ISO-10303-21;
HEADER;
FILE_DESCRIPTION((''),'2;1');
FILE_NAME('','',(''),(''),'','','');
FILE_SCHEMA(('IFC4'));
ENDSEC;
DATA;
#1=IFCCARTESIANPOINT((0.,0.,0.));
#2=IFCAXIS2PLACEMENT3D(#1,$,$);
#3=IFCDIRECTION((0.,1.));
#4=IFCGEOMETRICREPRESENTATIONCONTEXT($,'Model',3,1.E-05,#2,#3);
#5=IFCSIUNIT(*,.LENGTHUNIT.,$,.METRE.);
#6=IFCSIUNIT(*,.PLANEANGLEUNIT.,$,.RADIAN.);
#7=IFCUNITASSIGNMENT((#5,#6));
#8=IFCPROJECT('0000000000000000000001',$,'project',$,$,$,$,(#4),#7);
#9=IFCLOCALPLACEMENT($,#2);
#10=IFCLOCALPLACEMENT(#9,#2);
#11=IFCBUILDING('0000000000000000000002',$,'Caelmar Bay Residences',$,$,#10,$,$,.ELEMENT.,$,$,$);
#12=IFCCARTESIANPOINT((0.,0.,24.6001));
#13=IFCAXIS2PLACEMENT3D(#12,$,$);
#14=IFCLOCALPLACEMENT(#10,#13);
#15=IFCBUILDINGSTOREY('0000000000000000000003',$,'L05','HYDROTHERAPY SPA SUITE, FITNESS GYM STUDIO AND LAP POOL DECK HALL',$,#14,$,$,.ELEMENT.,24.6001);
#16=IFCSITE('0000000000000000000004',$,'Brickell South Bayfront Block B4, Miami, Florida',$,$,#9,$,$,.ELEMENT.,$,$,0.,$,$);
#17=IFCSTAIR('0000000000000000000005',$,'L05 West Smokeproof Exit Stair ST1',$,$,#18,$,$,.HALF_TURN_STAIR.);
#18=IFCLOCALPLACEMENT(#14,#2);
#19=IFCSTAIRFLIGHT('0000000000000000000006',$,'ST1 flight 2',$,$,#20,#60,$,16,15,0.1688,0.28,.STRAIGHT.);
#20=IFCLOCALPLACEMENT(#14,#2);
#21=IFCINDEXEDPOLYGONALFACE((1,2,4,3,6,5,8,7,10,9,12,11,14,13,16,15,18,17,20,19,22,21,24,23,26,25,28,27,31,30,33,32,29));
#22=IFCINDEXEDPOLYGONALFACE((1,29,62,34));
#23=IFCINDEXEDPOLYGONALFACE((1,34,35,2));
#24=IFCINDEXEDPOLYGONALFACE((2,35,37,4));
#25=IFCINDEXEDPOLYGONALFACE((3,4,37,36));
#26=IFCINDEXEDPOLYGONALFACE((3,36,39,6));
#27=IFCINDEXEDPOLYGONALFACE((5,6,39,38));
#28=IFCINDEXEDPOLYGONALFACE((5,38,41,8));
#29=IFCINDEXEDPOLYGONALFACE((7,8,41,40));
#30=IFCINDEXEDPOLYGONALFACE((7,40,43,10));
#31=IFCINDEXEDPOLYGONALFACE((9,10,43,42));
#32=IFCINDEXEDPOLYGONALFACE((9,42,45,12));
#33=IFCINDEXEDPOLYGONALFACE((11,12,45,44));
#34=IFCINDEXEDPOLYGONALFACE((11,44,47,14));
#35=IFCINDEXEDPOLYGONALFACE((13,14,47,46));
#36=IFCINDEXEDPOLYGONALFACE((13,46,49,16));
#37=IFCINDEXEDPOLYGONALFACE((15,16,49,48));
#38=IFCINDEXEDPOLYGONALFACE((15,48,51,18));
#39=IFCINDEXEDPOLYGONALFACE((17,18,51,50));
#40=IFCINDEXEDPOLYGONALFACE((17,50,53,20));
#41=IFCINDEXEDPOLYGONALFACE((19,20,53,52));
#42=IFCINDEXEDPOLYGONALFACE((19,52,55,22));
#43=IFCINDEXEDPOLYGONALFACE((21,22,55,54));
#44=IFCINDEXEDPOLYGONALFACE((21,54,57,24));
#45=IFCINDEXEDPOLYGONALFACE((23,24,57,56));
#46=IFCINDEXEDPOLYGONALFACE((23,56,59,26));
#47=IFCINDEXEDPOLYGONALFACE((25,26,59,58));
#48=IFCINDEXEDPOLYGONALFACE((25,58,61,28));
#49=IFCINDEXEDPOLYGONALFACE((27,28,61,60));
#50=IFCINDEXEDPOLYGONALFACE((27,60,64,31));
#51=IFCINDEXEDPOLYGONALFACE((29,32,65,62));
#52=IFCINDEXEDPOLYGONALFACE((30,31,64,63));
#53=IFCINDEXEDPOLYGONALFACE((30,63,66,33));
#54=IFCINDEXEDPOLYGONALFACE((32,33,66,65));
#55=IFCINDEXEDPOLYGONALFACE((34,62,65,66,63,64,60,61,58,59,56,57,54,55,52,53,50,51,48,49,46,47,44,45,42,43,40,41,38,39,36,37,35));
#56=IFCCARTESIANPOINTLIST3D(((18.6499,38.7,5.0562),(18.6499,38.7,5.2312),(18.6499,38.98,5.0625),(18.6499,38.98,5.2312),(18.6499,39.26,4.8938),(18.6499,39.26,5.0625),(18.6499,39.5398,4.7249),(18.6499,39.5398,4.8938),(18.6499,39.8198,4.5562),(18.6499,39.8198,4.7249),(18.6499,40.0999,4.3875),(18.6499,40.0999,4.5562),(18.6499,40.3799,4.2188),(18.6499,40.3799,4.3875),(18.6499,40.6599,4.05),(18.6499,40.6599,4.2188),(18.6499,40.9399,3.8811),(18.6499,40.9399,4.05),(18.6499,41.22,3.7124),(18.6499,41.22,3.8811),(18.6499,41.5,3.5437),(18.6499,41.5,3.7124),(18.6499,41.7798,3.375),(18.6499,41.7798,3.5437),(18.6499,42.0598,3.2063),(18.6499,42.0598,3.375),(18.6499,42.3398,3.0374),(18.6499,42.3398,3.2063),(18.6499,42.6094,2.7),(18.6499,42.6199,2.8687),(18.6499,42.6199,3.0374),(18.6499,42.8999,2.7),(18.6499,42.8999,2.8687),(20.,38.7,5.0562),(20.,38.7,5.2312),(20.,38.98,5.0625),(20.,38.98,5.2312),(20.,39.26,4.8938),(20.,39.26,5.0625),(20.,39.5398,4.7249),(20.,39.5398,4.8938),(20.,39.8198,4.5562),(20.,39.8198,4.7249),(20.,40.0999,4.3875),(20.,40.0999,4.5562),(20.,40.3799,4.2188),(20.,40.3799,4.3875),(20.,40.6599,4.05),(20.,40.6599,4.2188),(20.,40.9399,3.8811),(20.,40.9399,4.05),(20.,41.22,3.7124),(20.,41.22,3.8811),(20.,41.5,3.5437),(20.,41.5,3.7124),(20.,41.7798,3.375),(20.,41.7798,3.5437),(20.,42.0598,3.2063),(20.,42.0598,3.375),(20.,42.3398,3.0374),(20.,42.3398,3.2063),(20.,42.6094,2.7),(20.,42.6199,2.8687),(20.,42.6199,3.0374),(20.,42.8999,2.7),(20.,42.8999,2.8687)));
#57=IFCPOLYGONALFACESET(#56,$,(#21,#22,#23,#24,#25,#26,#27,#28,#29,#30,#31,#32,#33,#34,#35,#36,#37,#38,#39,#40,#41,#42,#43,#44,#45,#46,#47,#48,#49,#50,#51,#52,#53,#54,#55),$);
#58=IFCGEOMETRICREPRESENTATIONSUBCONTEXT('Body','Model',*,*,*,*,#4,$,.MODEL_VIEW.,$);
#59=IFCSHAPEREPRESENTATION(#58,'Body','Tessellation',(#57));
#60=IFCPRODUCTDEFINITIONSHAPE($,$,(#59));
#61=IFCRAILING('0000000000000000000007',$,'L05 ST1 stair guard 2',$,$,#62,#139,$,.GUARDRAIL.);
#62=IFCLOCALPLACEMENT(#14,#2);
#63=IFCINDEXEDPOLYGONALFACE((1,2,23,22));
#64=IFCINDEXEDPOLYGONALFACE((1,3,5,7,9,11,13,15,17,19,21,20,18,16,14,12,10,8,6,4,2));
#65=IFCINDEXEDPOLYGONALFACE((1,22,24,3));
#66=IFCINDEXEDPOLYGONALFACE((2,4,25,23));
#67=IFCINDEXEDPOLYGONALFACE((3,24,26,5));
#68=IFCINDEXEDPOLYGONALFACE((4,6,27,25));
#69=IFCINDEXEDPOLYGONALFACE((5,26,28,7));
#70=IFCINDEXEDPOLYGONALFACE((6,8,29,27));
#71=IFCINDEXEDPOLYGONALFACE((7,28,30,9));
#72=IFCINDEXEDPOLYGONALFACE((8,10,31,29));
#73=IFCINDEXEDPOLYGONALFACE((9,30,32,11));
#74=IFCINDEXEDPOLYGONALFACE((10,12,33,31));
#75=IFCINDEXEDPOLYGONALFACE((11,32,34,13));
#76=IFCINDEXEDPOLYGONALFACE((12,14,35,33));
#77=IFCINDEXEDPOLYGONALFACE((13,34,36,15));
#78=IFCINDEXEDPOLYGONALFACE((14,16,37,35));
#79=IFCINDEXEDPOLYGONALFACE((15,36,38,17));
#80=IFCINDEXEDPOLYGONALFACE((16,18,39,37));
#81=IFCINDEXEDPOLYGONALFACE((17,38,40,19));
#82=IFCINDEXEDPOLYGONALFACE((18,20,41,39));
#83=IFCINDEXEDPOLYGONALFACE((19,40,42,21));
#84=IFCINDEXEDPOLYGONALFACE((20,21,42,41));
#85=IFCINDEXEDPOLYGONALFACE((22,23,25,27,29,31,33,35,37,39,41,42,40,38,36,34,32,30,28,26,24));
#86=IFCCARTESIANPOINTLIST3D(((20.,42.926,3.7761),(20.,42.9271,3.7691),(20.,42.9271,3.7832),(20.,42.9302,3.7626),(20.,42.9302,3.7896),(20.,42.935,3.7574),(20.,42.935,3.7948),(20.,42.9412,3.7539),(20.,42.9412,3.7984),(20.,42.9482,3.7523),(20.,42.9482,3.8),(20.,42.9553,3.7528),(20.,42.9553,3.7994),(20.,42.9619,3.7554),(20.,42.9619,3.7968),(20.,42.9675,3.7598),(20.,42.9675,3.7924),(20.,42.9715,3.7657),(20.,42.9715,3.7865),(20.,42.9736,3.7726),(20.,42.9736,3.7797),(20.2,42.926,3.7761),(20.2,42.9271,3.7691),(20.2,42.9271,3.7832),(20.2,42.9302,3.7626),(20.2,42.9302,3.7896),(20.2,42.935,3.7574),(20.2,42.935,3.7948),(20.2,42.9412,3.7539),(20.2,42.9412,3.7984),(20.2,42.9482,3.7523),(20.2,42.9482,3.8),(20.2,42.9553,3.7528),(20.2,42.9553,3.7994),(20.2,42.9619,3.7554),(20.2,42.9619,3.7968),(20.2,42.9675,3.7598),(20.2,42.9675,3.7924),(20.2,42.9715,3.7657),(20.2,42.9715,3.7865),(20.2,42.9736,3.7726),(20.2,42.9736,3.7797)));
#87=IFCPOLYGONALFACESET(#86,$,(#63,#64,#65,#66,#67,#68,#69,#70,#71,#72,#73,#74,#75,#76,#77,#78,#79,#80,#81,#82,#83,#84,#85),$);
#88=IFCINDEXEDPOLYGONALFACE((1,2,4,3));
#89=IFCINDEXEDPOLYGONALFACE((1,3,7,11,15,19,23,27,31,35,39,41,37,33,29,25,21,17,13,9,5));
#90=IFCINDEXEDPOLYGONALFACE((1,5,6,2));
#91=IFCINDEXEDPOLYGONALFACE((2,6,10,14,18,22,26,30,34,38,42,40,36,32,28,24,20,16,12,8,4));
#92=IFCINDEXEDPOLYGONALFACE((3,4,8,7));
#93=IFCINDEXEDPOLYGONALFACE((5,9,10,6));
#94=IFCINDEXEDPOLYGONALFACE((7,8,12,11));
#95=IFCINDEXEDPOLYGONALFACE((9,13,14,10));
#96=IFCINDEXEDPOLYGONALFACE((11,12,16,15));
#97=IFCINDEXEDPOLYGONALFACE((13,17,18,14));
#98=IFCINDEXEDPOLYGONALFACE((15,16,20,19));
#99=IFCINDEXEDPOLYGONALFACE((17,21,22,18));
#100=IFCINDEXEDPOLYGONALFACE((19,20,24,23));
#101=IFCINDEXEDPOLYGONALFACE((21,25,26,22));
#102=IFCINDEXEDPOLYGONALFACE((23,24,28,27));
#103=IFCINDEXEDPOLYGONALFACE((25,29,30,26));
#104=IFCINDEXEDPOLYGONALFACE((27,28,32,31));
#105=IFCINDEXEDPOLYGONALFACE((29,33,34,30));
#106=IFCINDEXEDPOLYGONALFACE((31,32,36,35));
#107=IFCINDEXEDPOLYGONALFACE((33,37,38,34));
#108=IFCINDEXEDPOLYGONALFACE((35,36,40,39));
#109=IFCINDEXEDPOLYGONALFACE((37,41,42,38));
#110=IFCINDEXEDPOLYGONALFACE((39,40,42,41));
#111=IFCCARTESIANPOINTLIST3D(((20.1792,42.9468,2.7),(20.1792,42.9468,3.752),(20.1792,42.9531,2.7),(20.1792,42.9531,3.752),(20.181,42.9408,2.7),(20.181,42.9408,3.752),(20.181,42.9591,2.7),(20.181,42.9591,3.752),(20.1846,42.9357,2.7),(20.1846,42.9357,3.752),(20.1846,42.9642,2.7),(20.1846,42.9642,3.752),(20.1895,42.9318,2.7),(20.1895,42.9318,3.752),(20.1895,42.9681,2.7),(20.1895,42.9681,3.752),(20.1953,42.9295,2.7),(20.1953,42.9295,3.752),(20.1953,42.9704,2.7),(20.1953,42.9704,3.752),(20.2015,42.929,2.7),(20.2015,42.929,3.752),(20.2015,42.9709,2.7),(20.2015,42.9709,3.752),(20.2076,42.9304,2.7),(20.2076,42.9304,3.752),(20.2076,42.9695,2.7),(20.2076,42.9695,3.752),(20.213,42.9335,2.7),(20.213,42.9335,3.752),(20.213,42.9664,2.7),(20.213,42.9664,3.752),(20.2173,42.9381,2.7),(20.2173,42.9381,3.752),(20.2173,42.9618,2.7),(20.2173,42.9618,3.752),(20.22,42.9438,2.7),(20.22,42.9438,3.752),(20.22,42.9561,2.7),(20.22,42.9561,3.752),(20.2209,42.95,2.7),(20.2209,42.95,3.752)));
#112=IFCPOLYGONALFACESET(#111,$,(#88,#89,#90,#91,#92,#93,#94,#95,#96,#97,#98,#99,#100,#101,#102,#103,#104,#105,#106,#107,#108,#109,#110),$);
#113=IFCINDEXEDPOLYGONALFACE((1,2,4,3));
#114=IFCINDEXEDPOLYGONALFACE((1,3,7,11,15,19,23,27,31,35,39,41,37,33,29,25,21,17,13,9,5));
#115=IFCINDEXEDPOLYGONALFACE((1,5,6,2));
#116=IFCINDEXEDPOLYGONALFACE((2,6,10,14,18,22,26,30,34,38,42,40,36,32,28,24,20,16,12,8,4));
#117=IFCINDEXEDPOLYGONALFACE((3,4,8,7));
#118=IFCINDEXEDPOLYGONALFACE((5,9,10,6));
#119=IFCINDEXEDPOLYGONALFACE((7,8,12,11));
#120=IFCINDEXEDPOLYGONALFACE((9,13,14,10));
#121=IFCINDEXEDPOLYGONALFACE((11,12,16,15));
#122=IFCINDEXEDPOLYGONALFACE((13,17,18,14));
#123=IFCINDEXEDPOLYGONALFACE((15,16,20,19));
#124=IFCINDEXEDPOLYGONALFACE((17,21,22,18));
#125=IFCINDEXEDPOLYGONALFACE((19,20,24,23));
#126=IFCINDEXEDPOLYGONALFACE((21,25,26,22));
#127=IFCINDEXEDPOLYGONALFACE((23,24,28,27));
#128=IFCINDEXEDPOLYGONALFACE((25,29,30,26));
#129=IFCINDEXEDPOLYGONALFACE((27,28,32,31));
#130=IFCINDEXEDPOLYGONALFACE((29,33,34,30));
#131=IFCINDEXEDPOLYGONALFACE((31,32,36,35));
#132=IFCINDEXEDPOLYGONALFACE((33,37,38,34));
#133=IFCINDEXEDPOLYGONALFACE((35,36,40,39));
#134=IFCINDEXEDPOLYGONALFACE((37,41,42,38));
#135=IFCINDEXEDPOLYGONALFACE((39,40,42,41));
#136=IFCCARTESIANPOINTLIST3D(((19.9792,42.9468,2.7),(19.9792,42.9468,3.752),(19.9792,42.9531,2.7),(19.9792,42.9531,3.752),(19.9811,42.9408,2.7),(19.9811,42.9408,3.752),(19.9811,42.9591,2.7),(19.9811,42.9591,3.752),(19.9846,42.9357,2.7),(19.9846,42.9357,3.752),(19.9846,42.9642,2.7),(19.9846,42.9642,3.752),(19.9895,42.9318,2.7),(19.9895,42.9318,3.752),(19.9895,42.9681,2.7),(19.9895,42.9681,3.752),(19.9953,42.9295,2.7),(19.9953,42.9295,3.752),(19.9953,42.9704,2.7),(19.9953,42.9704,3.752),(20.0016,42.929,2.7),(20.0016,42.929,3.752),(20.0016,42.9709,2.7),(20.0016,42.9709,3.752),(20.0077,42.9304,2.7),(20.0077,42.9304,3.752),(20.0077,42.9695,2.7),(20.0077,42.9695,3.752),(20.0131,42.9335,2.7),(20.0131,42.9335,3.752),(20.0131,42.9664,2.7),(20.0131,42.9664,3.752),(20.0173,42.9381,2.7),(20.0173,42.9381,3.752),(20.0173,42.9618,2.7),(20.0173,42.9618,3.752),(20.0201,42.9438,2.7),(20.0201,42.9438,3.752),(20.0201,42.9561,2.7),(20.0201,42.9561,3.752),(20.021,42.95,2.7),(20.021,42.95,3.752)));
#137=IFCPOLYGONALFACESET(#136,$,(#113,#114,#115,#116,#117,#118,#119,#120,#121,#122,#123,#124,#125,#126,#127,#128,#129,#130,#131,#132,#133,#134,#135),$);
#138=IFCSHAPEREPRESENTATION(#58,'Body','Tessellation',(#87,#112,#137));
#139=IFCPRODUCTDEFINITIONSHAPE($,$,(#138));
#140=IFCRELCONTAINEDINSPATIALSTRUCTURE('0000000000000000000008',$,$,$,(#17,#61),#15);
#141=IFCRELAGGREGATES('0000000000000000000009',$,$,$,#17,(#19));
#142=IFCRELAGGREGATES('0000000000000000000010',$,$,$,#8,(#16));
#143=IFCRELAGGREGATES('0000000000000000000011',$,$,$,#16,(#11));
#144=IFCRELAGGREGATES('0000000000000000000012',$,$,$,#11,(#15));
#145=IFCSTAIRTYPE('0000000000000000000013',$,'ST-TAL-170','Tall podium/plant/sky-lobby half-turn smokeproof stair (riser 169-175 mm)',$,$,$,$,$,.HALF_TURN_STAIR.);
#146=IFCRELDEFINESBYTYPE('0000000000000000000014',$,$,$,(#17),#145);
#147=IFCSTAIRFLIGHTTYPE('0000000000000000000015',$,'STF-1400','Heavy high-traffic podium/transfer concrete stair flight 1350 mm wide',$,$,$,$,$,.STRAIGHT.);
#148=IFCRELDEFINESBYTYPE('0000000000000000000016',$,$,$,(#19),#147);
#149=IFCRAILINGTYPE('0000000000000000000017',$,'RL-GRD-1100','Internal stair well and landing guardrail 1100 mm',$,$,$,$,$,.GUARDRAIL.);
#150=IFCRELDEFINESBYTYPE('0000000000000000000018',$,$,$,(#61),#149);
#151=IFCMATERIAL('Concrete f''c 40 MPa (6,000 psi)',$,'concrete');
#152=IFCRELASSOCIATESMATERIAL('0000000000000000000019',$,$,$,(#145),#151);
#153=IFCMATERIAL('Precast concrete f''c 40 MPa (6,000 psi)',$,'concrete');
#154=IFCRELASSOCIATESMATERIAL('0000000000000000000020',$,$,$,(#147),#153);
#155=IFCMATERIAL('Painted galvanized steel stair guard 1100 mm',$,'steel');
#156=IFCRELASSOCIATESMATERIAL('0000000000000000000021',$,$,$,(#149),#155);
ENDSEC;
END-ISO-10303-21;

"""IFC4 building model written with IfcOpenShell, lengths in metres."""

from ifc_helpers import new_model, si_unit, direction, frame, origin, origin_2d, place, context, subcontext, project, spatial, polyline, circle, outline, extrude, material, type_object, element, aggregate, save


model = new_model("IFC4")

# Units and contexts
model_context = context("Model", 3, precision=1e-05, world=origin(), true_north=direction((0.0, 1.0)))
body_context = subcontext(model_context, "Body", "Model", "MODEL_VIEW")
ifc_project = project(units=[si_unit("LENGTHUNIT", "METRE"), si_unit("PLANEANGLEUNIT", "RADIAN")], contexts=[model_context])

# Site, building, storey
site_placement = place(None, origin())
site = spatial("IfcSite", under=ifc_project, at=site_placement, Name="Brickell South Bayfront Block B4, Miami, Florida", CompositionType="ELEMENT", RefElevation=0.0)
building_placement = place(site_placement, origin())
building = spatial("IfcBuilding", under=site, at=building_placement, Name="Caelmar Bay Residences", CompositionType="ELEMENT")
storey_placement = place(building_placement, frame((0.0, 0.0, 24.6001)))
storey = spatial("IfcBuildingStorey", under=building, at=storey_placement, Name="L05", Description="HYDROTHERAPY SPA SUITE, FITNESS GYM STUDIO AND LAP POOL DECK HALL", CompositionType="ELEMENT", Elevation=24.6001)

# Stair, stair flight
ifc_material_1 = material(Name="Concrete f'c 40 MPa (6,000 psi)", Category="concrete")
stair_type = type_object("IfcStairType", Name="ST-TAL-170", Description="Tall podium/plant/sky-lobby half-turn smokeproof stair (riser 169-175 mm)", PredefinedType="HALF_TURN_STAIR", material=ifc_material_1)
stair_placement = place(storey_placement, origin())
stair = element("IfcStair", 1, at=stair_placement, inside=storey, type_object=stair_type, Name="L05 West Smokeproof Exit Stair ST1", PredefinedType="HALF_TURN_STAIR")
ifc_material_2 = material(Name="Precast concrete f'c 40 MPa (6,000 psi)", Category="concrete")
stair_flight_type = type_object("IfcStairFlightType", Name="STF-1400", Description="Heavy high-traffic podium/transfer concrete stair flight 1350 mm wide", PredefinedType="STRAIGHT", material=ifc_material_2)
stair_flight_1_placement = place(storey_placement, frame((19.325, 42.8999, 2.7), z_axis=(0.0, 0.0, 1.0), x_axis=(0.0, -1.0, 0.0)))
stair_flight_1 = element("IfcStairFlight", 2, at=stair_flight_1_placement, type_object=stair_flight_type, Name="ST1 flight 2", NumberOfRisers=16, NumberOfTreads=15, PredefinedType="STRAIGHT", RiserHeight=0.1688, TreadLength=0.28, context=body_context, shape_type="SweptSolid", body=[
    extrude(outline(polyline([(0.0, 0.0), (0.0, 0.1687), (0.28, 0.1687), (0.28, 0.3374), (0.5601, 0.3374), (0.5601, 0.5063), (0.8401, 0.5063), (0.8401, 0.675), (1.1201, 0.675), (1.1201, 0.8438), (1.3999, 0.8438), (1.3999, 1.0125), (1.6799, 1.0125), (1.6799, 1.1812), (1.96, 1.1812), (1.96, 1.3501), (2.24, 1.3501), (2.24, 1.5188), (2.52, 1.5188), (2.52, 1.6875), (2.8, 1.6875), (2.8, 1.8562), (3.0801, 1.8562), (3.0801, 2.0249), (3.3601, 2.0249), (3.3601, 2.1938), (3.6399, 2.1938), (3.6399, 2.3625), (3.9199, 2.3625), (3.9199, 2.5312), (4.2, 2.5312), (4.2, 2.7), (4.2, 2.3562), (0.2905, 0.0), (0.0, 0.0)])), frame((0.0, 0.675, 0.0), z_axis=(0.0, -1.0, 0.0), x_axis=(1.0, 0.0, 0.0)), (0.0, 0.0, 1.0), 1.3501),
])
aggregate(stair, [stair_flight_1])

# Railing
ifc_material_3 = material(Name="Painted galvanized steel stair guard 1100 mm", Category="steel")
railing_type_1 = type_object("IfcRailingType", Name="RL-GRD-1100", Description="Internal stair well and landing guardrail 1100 mm", PredefinedType="GUARDRAIL", material=ifc_material_3)
railing_1_placement = place(storey_placement, frame((20.2, 42.95, 2.7)))
element("IfcRailing", 3, at=railing_1_placement, inside=storey, type_object=railing_type_1, Name="L05 ST1 stair guard 2", PredefinedType="GUARDRAIL", context=body_context, shape_type="SweptSolid", body=[
    extrude(circle(Radius=0.0239, at=origin_2d()), frame((0.0, 0.0, 1.0762), z_axis=(-1.0, 0.0, 0.0), x_axis=(0.0, -1.0, 0.0)), (0.0, 0.0, 1.0), 0.2),
    extrude(circle(Radius=0.021, at=origin_2d()), origin(), (0.0, 0.0, 1.0), 1.052),
    extrude(circle(Radius=0.021, at=origin_2d()), frame((-0.2, 0.0, 0.0)), (0.0, 0.0, 1.0), 1.052),
])

save(model, "model.ifc")
